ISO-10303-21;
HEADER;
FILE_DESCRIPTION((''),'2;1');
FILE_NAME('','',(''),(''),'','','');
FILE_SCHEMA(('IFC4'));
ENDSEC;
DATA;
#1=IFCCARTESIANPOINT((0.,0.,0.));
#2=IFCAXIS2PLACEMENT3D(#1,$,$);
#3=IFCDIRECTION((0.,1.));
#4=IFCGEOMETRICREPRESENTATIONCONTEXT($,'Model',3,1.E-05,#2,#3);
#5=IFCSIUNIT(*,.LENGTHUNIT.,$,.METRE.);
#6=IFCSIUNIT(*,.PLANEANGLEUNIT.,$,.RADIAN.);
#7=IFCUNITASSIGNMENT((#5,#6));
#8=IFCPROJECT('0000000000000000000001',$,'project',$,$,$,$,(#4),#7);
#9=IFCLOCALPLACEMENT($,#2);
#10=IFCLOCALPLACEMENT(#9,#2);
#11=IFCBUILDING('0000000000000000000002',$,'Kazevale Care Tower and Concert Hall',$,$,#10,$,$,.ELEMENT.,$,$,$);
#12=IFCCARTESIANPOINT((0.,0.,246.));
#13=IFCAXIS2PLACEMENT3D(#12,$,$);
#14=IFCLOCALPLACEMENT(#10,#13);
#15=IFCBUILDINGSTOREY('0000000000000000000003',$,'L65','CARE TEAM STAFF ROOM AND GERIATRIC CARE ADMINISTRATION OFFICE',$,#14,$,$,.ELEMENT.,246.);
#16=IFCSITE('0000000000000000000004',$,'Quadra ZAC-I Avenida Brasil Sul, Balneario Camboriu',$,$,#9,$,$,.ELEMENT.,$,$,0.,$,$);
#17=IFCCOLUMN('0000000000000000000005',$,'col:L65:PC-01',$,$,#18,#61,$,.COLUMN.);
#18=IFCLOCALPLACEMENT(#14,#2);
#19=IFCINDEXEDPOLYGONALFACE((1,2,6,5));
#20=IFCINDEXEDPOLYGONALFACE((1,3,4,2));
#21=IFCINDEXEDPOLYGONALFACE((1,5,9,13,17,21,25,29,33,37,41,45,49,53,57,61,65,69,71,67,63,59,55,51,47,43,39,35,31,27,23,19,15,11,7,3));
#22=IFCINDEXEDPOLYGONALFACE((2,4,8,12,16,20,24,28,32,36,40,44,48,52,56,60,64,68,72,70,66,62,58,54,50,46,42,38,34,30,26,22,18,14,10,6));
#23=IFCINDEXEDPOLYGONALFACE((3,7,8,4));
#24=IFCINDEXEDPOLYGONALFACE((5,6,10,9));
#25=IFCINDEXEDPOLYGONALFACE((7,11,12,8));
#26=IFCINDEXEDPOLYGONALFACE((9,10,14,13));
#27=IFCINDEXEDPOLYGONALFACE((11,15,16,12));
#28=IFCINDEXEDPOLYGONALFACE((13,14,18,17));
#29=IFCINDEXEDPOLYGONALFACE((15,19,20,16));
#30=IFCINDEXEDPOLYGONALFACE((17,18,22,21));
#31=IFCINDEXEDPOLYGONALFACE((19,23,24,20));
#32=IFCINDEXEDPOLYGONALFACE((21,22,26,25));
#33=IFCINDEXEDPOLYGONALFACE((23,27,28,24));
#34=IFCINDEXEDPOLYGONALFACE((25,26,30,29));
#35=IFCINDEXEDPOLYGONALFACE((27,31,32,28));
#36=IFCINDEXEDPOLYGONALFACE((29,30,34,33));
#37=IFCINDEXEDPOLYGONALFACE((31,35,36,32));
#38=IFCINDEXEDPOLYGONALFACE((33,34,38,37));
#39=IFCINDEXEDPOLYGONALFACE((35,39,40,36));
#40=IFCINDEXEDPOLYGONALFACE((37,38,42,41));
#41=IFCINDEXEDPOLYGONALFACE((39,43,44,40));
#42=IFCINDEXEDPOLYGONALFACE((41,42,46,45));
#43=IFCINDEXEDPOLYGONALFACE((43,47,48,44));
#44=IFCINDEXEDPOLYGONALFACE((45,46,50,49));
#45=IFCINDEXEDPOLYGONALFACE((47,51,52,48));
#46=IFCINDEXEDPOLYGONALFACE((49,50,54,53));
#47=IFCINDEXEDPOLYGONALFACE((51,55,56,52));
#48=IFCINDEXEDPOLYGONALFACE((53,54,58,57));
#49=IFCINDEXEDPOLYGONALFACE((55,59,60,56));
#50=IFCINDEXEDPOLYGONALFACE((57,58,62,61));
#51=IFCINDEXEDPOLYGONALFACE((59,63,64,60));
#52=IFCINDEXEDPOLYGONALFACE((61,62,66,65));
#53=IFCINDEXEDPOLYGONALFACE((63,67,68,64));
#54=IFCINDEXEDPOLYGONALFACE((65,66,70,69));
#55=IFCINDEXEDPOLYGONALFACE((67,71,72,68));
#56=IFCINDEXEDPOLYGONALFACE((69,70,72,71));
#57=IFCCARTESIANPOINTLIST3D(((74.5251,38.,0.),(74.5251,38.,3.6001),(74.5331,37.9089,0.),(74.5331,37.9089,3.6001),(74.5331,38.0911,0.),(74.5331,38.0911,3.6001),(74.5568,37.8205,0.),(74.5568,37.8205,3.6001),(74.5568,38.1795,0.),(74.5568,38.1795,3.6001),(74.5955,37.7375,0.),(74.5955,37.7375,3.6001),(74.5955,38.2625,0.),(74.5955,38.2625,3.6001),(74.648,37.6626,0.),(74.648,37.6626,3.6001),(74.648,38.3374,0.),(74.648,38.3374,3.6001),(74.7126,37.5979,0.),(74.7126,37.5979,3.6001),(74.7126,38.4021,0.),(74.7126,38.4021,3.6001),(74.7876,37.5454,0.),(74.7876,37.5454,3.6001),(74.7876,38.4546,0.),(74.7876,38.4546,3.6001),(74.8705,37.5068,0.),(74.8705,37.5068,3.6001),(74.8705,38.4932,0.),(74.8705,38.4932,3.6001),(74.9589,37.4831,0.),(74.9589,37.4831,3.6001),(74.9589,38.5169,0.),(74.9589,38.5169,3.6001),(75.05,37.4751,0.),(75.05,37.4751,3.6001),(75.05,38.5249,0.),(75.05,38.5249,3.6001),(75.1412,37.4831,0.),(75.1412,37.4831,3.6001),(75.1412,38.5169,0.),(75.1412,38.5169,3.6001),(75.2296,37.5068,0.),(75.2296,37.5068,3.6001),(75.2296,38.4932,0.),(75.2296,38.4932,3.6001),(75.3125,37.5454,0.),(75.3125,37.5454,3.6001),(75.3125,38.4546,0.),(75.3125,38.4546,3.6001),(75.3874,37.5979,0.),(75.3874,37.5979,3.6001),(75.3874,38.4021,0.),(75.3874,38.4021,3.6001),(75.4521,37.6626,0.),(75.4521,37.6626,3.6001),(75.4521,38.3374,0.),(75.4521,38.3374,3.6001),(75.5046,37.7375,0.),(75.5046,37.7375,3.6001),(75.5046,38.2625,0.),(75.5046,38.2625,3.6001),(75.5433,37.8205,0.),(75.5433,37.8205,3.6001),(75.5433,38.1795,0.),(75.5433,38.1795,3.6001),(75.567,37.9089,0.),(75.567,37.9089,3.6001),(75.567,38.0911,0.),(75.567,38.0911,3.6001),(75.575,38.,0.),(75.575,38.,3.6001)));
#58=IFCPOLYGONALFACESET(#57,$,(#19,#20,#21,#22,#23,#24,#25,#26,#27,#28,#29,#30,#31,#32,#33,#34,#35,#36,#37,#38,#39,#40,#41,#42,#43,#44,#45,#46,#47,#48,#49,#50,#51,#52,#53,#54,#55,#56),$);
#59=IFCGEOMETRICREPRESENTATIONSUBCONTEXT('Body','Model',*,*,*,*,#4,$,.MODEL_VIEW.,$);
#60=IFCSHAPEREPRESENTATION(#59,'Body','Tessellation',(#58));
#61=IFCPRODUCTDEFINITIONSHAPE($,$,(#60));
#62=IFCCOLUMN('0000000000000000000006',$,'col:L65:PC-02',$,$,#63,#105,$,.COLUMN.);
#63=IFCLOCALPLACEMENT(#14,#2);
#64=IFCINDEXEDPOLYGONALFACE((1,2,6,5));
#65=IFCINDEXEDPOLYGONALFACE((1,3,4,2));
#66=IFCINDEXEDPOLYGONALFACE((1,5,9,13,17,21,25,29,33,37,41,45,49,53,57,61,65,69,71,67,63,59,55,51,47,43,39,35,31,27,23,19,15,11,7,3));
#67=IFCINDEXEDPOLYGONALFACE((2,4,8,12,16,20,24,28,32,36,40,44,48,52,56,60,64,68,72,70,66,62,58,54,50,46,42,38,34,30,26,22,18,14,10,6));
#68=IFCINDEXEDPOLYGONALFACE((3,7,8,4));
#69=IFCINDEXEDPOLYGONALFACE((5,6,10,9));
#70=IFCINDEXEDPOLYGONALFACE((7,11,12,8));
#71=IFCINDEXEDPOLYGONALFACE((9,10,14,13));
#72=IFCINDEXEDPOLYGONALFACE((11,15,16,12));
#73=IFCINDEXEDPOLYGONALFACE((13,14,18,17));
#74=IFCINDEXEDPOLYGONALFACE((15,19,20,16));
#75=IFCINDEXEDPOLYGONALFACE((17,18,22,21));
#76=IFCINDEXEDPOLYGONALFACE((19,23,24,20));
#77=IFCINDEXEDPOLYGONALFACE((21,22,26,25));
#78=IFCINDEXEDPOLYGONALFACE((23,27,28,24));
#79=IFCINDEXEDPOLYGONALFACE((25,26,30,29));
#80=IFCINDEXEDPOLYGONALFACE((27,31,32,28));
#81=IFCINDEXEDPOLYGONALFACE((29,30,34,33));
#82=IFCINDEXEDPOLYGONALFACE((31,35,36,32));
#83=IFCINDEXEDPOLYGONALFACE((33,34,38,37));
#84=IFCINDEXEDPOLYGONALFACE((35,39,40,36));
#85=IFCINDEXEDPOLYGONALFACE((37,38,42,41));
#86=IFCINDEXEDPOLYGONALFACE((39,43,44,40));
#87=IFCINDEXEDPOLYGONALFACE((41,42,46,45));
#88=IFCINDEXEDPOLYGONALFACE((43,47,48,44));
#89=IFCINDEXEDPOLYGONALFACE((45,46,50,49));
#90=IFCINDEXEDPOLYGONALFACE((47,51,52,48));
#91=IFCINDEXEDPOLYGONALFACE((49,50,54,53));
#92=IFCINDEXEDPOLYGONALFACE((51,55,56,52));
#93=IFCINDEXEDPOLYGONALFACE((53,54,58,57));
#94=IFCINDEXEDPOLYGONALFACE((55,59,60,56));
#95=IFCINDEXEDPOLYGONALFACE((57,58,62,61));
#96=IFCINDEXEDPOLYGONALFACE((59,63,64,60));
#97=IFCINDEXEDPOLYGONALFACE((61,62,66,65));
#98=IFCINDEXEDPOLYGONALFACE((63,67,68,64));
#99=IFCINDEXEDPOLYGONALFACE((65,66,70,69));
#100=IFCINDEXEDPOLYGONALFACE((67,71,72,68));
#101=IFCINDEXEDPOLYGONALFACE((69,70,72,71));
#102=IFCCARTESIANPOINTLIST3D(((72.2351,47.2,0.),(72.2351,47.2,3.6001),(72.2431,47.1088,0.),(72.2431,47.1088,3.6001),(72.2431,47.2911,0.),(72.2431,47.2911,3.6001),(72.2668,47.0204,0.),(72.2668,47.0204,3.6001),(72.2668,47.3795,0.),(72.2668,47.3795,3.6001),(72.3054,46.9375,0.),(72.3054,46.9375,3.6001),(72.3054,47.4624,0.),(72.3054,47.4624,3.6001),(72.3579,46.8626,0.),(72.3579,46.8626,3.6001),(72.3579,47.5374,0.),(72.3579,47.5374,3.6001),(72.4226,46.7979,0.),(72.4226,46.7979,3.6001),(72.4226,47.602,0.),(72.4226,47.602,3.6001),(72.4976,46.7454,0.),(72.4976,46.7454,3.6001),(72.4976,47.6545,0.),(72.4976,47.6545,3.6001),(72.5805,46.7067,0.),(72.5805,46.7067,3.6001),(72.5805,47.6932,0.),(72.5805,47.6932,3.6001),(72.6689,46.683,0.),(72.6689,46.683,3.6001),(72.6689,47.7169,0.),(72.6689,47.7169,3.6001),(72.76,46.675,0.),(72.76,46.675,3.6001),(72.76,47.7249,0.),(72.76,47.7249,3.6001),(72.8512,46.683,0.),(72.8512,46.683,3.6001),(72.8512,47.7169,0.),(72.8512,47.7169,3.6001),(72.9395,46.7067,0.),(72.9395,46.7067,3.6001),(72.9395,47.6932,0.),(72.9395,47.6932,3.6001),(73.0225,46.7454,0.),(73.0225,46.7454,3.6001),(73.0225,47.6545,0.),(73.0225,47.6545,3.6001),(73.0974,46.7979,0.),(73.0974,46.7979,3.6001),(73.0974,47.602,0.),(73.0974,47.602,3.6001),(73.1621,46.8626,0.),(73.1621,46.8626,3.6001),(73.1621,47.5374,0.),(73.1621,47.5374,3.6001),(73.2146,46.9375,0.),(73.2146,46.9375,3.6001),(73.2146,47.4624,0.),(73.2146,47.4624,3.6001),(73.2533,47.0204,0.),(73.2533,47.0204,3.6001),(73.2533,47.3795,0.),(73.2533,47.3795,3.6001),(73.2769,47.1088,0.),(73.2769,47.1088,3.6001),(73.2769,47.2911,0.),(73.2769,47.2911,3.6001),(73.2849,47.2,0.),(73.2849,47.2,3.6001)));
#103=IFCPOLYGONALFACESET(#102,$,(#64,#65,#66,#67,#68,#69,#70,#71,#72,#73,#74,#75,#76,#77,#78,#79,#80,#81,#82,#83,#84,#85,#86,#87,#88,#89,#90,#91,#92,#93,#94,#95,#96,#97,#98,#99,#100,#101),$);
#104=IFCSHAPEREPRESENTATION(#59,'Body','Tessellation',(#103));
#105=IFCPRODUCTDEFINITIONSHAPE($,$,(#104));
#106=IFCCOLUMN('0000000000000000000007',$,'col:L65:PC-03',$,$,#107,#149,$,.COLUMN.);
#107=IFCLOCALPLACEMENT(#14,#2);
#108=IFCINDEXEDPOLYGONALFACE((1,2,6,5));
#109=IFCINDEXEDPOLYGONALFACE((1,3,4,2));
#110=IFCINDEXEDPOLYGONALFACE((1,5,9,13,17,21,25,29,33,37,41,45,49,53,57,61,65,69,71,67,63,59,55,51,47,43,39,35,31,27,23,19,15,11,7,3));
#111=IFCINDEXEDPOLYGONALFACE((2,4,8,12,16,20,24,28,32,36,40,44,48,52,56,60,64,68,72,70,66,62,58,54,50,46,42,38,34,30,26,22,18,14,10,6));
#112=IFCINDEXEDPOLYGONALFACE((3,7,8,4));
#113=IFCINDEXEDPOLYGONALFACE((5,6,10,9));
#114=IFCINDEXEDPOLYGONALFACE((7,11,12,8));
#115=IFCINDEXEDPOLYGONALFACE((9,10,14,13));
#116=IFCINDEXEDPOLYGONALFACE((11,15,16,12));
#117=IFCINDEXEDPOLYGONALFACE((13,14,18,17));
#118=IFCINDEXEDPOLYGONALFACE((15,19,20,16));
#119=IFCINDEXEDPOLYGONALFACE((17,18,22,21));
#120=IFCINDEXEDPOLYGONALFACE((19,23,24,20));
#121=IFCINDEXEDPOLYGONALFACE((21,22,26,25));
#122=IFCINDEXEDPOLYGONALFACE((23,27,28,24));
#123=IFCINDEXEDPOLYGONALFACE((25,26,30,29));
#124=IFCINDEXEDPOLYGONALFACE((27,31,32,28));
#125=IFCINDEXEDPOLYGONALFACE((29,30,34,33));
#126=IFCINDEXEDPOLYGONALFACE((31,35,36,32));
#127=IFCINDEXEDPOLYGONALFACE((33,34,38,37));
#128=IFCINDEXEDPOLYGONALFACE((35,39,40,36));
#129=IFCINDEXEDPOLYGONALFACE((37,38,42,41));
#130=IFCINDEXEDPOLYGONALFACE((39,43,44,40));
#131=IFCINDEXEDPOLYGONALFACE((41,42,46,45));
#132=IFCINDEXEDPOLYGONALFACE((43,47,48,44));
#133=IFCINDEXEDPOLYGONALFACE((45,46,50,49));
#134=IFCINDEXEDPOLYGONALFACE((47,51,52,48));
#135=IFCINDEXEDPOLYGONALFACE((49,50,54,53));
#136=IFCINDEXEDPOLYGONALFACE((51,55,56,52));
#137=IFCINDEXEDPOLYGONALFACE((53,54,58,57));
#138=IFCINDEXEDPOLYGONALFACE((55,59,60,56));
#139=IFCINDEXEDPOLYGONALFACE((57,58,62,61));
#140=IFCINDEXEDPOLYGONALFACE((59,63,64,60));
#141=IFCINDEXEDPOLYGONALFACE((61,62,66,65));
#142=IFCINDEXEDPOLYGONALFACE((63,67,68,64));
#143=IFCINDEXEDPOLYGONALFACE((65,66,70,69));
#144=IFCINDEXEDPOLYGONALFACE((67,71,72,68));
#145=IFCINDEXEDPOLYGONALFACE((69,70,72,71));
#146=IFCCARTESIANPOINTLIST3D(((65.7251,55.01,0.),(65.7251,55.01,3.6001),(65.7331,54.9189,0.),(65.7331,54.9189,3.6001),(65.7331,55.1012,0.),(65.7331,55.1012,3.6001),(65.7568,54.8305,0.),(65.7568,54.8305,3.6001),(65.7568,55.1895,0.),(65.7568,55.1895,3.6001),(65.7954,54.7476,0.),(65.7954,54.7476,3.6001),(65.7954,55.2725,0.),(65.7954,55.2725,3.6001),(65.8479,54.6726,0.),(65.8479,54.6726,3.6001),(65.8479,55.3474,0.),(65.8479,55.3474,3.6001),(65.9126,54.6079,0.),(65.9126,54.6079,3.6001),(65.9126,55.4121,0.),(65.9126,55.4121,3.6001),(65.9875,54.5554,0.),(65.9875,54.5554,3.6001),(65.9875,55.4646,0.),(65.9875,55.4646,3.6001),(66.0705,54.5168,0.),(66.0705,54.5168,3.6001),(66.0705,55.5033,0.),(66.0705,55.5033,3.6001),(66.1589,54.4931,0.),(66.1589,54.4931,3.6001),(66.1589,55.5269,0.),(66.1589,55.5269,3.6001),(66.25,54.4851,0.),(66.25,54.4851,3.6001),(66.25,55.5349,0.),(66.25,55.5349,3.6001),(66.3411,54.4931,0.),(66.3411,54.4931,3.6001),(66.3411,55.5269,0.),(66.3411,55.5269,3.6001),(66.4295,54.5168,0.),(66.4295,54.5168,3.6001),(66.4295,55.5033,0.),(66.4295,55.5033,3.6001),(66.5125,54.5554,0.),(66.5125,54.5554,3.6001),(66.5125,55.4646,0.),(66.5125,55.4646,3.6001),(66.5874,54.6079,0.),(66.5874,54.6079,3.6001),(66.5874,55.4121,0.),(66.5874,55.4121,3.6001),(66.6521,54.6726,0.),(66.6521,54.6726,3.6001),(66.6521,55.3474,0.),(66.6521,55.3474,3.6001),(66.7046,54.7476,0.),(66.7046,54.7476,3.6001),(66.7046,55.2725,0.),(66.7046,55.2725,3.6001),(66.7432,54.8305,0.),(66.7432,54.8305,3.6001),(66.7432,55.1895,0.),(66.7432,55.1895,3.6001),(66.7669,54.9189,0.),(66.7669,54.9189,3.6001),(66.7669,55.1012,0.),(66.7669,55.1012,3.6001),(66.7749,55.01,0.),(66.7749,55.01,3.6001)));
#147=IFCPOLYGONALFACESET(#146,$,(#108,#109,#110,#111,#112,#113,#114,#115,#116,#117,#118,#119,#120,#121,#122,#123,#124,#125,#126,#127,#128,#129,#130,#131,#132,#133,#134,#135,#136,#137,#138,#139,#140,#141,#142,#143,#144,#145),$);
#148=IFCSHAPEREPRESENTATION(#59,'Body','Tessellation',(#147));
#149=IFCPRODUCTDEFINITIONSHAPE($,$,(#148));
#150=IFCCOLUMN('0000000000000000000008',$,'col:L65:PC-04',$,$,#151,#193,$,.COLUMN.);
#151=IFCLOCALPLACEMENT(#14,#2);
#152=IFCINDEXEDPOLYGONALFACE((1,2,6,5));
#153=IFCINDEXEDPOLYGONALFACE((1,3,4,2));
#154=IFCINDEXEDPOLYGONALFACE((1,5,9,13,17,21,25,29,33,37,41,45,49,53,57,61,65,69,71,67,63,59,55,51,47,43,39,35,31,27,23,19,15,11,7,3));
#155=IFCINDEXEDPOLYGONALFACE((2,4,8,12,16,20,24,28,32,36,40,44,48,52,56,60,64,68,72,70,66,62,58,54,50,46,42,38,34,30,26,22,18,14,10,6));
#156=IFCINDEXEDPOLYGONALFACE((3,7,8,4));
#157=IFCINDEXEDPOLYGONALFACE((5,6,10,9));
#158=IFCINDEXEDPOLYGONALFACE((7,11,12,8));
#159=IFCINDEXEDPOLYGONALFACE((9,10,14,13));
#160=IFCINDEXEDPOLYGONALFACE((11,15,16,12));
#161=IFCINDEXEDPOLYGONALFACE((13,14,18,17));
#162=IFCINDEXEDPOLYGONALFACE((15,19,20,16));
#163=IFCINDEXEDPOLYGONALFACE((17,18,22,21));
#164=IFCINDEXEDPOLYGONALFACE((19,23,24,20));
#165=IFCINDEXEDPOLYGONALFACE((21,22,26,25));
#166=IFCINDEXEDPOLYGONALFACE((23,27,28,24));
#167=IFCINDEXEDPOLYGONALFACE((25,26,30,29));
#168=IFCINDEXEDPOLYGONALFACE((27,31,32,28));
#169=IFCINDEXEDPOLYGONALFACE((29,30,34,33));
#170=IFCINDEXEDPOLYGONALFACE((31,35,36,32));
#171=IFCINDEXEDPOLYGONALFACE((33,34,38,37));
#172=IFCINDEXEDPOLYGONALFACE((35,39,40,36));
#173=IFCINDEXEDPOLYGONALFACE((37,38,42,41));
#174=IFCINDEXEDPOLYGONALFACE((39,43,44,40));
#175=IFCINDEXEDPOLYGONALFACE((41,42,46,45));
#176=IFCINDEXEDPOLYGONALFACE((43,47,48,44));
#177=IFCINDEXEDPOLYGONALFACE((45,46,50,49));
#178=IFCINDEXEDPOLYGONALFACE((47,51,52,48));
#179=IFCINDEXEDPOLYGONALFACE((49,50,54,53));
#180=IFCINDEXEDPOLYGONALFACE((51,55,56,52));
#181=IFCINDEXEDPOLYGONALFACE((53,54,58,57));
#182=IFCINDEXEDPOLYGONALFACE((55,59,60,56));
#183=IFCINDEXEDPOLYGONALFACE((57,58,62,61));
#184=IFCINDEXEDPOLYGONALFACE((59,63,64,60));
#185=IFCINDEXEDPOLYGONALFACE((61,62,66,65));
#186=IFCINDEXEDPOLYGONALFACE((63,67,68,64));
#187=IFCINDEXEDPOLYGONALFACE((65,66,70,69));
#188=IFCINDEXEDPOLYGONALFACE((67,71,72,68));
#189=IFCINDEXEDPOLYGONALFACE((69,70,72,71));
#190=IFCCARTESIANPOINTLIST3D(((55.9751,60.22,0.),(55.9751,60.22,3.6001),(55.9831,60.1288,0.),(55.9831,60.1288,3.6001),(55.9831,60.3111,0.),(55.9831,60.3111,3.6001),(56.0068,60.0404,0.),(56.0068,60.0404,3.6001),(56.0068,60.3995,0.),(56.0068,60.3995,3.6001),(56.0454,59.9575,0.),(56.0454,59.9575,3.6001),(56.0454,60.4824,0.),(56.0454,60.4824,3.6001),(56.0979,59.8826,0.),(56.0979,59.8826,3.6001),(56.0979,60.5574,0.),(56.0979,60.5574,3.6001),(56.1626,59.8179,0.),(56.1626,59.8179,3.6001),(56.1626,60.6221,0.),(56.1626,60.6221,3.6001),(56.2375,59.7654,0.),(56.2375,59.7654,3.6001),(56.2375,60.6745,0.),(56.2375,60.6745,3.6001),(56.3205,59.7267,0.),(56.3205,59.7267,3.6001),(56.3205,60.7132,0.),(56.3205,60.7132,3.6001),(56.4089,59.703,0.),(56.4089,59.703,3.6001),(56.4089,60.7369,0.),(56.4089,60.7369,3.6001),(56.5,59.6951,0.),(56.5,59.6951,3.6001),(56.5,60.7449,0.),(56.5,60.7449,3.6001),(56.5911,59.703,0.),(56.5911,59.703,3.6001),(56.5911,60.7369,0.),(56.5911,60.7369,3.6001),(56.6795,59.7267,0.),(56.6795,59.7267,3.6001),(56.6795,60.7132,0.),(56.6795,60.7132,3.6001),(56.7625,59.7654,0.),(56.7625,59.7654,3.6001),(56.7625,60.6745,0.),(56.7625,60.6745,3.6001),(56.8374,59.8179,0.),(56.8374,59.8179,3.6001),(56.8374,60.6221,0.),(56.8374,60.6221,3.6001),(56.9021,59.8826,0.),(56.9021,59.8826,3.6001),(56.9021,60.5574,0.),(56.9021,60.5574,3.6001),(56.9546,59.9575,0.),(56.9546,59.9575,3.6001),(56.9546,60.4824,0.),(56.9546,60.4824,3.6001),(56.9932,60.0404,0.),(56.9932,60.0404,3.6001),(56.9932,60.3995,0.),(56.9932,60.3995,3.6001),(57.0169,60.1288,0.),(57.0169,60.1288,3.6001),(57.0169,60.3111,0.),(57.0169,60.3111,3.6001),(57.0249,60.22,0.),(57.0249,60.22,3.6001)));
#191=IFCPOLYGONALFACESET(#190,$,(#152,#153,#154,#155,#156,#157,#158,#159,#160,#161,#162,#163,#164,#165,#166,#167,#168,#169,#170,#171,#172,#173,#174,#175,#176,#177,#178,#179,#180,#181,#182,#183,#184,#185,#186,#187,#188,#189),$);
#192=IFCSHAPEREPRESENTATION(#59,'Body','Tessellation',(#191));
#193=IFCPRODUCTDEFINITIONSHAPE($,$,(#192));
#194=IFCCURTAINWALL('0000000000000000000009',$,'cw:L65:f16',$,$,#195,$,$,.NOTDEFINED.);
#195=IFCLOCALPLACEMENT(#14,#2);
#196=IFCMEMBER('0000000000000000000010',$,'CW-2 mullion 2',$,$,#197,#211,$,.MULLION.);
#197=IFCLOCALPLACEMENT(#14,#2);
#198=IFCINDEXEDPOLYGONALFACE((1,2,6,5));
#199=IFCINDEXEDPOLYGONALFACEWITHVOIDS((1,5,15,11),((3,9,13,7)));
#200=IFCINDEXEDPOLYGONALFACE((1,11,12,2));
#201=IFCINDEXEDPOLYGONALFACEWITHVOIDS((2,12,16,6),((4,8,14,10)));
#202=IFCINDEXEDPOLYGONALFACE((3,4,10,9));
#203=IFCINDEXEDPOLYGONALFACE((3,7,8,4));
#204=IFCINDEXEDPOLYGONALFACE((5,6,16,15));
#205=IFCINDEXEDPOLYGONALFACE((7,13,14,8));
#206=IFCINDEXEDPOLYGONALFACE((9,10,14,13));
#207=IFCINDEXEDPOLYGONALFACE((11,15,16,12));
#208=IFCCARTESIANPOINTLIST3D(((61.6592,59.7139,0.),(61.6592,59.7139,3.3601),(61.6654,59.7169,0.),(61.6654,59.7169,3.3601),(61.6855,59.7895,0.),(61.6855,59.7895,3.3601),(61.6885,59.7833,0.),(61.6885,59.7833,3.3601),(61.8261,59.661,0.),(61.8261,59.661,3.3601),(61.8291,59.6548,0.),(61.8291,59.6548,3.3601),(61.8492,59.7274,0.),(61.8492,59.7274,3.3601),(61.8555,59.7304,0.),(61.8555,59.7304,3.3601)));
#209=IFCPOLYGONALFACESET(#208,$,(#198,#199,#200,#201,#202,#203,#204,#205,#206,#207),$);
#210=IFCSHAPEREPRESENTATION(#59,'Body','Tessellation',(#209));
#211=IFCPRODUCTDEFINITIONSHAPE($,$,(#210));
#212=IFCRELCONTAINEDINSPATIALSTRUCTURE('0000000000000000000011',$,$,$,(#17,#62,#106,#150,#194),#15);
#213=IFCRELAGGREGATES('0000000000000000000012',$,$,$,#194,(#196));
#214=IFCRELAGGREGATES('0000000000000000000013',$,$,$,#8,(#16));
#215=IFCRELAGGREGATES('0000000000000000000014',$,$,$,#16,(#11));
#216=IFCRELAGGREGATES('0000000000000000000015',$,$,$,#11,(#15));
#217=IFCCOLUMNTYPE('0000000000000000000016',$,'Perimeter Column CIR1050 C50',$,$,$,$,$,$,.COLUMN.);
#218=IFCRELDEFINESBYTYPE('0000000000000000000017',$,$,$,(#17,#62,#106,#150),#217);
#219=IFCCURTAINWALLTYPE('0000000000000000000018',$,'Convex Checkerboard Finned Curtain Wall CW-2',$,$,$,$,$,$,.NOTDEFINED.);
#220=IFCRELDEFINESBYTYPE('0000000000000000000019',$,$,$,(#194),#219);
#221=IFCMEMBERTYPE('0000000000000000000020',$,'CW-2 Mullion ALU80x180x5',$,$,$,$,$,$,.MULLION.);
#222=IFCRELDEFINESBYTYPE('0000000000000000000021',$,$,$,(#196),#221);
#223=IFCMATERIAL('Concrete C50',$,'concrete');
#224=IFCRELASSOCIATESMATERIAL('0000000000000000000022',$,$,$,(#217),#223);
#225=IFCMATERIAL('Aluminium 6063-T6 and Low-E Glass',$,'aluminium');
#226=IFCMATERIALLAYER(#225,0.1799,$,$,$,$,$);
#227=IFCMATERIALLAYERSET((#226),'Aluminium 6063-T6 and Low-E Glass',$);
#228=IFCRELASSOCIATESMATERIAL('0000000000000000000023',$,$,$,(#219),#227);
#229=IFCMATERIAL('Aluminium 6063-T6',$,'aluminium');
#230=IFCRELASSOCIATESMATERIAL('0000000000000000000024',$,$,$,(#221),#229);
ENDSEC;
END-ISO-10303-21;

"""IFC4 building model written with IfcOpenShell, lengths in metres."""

from ifc_helpers import new_model, si_unit, direction, frame, origin, origin_2d, place, context, subcontext, project, spatial, hollow_rectangle, circle, extrude, material, layer, layer_set, material_profile, profile_set, type_object, element, aggregate, save


model = new_model("IFC4")

# Units and contexts
model_context = context("Model", 3, precision=1e-05, world=origin(), true_north=direction((0.0, 1.0)))
body_context = subcontext(model_context, "Body", "Model", "MODEL_VIEW")
ifc_project = project(units=[si_unit("LENGTHUNIT", "METRE"), si_unit("PLANEANGLEUNIT", "RADIAN")], contexts=[model_context])

# Site, building, storey
site_placement = place(None, origin())
site = spatial("IfcSite", under=ifc_project, at=site_placement, Name="Quadra ZAC-I Avenida Brasil Sul, Balneario Camboriu", CompositionType="ELEMENT", RefElevation=0.0)
building_placement = place(site_placement, origin())
building = spatial("IfcBuilding", under=site, at=building_placement, Name="Kazevale Care Tower and Concert Hall", CompositionType="ELEMENT")
storey_placement = place(building_placement, frame((0.0, 0.0, 246.0)))
storey = spatial("IfcBuildingStorey", under=building, at=storey_placement, Name="L65", Description="CARE TEAM STAFF ROOM AND GERIATRIC CARE ADMINISTRATION OFFICE", CompositionType="ELEMENT", Elevation=246.0)

# Columns
ifc_material_1 = material(Name="Concrete C50", Category="concrete")
ifc_material_profile_1 = material_profile(ifc_material_1, circle(Radius=0.5249, at=origin_2d()), Name="RC-CIR1050")
ifc_profile_set_1 = profile_set([ifc_material_profile_1], Name="Concrete C50")
column_type = type_object("IfcColumnType", Name="Perimeter Column CIR1050 C50", PredefinedType="COLUMN", material=ifc_profile_set_1)
for number, where, z_axis, x_axis, name in (
    (1, (75.05, 38.0, 0.0), (0.0, 0.0, 1.0), (1.0, 0.0, 0.0), "col:L65:PC-01"),
    (2, (72.76, 47.2, 0.0), (0.0, 0.0, 1.0), (1.0, 0.0, 0.0), "col:L65:PC-02"),
    (3, (66.25, 55.01, 0.0), (0.0, 0.0, 1.0), (1.0, 0.0, 0.0), "col:L65:PC-03"),
    (4, (56.5, 60.22, 0.0), (0.0, 0.0, 1.0), (1.0, 0.0, 0.0), "col:L65:PC-04"),
):
    element("IfcColumn", number, at=place(storey_placement, frame(where, z_axis=z_axis, x_axis=x_axis)), inside=storey, type_object=column_type, Name=name, PredefinedType="COLUMN", context=body_context, shape_type="SweptSolid", body=[
        extrude(circle(Radius=0.5249, at=origin_2d()), origin(), (0.0, 0.0, 1.0), 3.6001),
    ])

# Curtain wall, member
ifc_material_2 = material(Name="Aluminium 6063-T6 and Low-E Glass", Category="aluminium")
ifc_layer_1 = layer(ifc_material_2, 0.1799)
ifc_layer_set_1 = layer_set([ifc_layer_1], Name="Aluminium 6063-T6 and Low-E Glass")
curtain_wall_type_1 = type_object("IfcCurtainWallType", Name="Convex Checkerboard Finned Curtain Wall CW-2", PredefinedType="NOTDEFINED", material=ifc_layer_set_1)
curtain_wall_1_placement = place(storey_placement, origin())
curtain_wall_1 = element("IfcCurtainWall", 5, at=curtain_wall_1_placement, inside=storey, type_object=curtain_wall_type_1, Name="cw:L65:f16", PredefinedType="NOTDEFINED")
ifc_material_3 = material(Name="Aluminium 6063-T6", Category="aluminium")
ifc_material_profile_2 = material_profile(ifc_material_3, hollow_rectangle(XDim=0.0801, YDim=0.1799, WallThickness=0.0049, at=origin_2d()), Name="ALU80x180x5")
ifc_profile_set_2 = profile_set([ifc_material_profile_2], Name="Aluminium 6063-T6")
member_type_1 = type_object("IfcMemberType", Name="CW-2 Mullion ALU80x180x5", PredefinedType="MULLION", material=ifc_profile_set_2)
member_1_placement = place(storey_placement, frame((61.7573, 59.7222, 0.0), z_axis=(0.0, 0.0, 1.0), x_axis=(0.328584, 0.944475, 0.0)))
member_1 = element("IfcMember", 6, at=member_1_placement, type_object=member_type_1, Name="CW-2 mullion 2", PredefinedType="MULLION", context=body_context, shape_type="SweptSolid", body=[
    extrude(hollow_rectangle(XDim=0.0801, YDim=0.1799, WallThickness=0.0049, at=origin_2d()), origin(), (0.0, 0.0, 1.0), 3.3601),
])

aggregate(curtain_wall_1, [member_1])

save(model, "model.ifc")
